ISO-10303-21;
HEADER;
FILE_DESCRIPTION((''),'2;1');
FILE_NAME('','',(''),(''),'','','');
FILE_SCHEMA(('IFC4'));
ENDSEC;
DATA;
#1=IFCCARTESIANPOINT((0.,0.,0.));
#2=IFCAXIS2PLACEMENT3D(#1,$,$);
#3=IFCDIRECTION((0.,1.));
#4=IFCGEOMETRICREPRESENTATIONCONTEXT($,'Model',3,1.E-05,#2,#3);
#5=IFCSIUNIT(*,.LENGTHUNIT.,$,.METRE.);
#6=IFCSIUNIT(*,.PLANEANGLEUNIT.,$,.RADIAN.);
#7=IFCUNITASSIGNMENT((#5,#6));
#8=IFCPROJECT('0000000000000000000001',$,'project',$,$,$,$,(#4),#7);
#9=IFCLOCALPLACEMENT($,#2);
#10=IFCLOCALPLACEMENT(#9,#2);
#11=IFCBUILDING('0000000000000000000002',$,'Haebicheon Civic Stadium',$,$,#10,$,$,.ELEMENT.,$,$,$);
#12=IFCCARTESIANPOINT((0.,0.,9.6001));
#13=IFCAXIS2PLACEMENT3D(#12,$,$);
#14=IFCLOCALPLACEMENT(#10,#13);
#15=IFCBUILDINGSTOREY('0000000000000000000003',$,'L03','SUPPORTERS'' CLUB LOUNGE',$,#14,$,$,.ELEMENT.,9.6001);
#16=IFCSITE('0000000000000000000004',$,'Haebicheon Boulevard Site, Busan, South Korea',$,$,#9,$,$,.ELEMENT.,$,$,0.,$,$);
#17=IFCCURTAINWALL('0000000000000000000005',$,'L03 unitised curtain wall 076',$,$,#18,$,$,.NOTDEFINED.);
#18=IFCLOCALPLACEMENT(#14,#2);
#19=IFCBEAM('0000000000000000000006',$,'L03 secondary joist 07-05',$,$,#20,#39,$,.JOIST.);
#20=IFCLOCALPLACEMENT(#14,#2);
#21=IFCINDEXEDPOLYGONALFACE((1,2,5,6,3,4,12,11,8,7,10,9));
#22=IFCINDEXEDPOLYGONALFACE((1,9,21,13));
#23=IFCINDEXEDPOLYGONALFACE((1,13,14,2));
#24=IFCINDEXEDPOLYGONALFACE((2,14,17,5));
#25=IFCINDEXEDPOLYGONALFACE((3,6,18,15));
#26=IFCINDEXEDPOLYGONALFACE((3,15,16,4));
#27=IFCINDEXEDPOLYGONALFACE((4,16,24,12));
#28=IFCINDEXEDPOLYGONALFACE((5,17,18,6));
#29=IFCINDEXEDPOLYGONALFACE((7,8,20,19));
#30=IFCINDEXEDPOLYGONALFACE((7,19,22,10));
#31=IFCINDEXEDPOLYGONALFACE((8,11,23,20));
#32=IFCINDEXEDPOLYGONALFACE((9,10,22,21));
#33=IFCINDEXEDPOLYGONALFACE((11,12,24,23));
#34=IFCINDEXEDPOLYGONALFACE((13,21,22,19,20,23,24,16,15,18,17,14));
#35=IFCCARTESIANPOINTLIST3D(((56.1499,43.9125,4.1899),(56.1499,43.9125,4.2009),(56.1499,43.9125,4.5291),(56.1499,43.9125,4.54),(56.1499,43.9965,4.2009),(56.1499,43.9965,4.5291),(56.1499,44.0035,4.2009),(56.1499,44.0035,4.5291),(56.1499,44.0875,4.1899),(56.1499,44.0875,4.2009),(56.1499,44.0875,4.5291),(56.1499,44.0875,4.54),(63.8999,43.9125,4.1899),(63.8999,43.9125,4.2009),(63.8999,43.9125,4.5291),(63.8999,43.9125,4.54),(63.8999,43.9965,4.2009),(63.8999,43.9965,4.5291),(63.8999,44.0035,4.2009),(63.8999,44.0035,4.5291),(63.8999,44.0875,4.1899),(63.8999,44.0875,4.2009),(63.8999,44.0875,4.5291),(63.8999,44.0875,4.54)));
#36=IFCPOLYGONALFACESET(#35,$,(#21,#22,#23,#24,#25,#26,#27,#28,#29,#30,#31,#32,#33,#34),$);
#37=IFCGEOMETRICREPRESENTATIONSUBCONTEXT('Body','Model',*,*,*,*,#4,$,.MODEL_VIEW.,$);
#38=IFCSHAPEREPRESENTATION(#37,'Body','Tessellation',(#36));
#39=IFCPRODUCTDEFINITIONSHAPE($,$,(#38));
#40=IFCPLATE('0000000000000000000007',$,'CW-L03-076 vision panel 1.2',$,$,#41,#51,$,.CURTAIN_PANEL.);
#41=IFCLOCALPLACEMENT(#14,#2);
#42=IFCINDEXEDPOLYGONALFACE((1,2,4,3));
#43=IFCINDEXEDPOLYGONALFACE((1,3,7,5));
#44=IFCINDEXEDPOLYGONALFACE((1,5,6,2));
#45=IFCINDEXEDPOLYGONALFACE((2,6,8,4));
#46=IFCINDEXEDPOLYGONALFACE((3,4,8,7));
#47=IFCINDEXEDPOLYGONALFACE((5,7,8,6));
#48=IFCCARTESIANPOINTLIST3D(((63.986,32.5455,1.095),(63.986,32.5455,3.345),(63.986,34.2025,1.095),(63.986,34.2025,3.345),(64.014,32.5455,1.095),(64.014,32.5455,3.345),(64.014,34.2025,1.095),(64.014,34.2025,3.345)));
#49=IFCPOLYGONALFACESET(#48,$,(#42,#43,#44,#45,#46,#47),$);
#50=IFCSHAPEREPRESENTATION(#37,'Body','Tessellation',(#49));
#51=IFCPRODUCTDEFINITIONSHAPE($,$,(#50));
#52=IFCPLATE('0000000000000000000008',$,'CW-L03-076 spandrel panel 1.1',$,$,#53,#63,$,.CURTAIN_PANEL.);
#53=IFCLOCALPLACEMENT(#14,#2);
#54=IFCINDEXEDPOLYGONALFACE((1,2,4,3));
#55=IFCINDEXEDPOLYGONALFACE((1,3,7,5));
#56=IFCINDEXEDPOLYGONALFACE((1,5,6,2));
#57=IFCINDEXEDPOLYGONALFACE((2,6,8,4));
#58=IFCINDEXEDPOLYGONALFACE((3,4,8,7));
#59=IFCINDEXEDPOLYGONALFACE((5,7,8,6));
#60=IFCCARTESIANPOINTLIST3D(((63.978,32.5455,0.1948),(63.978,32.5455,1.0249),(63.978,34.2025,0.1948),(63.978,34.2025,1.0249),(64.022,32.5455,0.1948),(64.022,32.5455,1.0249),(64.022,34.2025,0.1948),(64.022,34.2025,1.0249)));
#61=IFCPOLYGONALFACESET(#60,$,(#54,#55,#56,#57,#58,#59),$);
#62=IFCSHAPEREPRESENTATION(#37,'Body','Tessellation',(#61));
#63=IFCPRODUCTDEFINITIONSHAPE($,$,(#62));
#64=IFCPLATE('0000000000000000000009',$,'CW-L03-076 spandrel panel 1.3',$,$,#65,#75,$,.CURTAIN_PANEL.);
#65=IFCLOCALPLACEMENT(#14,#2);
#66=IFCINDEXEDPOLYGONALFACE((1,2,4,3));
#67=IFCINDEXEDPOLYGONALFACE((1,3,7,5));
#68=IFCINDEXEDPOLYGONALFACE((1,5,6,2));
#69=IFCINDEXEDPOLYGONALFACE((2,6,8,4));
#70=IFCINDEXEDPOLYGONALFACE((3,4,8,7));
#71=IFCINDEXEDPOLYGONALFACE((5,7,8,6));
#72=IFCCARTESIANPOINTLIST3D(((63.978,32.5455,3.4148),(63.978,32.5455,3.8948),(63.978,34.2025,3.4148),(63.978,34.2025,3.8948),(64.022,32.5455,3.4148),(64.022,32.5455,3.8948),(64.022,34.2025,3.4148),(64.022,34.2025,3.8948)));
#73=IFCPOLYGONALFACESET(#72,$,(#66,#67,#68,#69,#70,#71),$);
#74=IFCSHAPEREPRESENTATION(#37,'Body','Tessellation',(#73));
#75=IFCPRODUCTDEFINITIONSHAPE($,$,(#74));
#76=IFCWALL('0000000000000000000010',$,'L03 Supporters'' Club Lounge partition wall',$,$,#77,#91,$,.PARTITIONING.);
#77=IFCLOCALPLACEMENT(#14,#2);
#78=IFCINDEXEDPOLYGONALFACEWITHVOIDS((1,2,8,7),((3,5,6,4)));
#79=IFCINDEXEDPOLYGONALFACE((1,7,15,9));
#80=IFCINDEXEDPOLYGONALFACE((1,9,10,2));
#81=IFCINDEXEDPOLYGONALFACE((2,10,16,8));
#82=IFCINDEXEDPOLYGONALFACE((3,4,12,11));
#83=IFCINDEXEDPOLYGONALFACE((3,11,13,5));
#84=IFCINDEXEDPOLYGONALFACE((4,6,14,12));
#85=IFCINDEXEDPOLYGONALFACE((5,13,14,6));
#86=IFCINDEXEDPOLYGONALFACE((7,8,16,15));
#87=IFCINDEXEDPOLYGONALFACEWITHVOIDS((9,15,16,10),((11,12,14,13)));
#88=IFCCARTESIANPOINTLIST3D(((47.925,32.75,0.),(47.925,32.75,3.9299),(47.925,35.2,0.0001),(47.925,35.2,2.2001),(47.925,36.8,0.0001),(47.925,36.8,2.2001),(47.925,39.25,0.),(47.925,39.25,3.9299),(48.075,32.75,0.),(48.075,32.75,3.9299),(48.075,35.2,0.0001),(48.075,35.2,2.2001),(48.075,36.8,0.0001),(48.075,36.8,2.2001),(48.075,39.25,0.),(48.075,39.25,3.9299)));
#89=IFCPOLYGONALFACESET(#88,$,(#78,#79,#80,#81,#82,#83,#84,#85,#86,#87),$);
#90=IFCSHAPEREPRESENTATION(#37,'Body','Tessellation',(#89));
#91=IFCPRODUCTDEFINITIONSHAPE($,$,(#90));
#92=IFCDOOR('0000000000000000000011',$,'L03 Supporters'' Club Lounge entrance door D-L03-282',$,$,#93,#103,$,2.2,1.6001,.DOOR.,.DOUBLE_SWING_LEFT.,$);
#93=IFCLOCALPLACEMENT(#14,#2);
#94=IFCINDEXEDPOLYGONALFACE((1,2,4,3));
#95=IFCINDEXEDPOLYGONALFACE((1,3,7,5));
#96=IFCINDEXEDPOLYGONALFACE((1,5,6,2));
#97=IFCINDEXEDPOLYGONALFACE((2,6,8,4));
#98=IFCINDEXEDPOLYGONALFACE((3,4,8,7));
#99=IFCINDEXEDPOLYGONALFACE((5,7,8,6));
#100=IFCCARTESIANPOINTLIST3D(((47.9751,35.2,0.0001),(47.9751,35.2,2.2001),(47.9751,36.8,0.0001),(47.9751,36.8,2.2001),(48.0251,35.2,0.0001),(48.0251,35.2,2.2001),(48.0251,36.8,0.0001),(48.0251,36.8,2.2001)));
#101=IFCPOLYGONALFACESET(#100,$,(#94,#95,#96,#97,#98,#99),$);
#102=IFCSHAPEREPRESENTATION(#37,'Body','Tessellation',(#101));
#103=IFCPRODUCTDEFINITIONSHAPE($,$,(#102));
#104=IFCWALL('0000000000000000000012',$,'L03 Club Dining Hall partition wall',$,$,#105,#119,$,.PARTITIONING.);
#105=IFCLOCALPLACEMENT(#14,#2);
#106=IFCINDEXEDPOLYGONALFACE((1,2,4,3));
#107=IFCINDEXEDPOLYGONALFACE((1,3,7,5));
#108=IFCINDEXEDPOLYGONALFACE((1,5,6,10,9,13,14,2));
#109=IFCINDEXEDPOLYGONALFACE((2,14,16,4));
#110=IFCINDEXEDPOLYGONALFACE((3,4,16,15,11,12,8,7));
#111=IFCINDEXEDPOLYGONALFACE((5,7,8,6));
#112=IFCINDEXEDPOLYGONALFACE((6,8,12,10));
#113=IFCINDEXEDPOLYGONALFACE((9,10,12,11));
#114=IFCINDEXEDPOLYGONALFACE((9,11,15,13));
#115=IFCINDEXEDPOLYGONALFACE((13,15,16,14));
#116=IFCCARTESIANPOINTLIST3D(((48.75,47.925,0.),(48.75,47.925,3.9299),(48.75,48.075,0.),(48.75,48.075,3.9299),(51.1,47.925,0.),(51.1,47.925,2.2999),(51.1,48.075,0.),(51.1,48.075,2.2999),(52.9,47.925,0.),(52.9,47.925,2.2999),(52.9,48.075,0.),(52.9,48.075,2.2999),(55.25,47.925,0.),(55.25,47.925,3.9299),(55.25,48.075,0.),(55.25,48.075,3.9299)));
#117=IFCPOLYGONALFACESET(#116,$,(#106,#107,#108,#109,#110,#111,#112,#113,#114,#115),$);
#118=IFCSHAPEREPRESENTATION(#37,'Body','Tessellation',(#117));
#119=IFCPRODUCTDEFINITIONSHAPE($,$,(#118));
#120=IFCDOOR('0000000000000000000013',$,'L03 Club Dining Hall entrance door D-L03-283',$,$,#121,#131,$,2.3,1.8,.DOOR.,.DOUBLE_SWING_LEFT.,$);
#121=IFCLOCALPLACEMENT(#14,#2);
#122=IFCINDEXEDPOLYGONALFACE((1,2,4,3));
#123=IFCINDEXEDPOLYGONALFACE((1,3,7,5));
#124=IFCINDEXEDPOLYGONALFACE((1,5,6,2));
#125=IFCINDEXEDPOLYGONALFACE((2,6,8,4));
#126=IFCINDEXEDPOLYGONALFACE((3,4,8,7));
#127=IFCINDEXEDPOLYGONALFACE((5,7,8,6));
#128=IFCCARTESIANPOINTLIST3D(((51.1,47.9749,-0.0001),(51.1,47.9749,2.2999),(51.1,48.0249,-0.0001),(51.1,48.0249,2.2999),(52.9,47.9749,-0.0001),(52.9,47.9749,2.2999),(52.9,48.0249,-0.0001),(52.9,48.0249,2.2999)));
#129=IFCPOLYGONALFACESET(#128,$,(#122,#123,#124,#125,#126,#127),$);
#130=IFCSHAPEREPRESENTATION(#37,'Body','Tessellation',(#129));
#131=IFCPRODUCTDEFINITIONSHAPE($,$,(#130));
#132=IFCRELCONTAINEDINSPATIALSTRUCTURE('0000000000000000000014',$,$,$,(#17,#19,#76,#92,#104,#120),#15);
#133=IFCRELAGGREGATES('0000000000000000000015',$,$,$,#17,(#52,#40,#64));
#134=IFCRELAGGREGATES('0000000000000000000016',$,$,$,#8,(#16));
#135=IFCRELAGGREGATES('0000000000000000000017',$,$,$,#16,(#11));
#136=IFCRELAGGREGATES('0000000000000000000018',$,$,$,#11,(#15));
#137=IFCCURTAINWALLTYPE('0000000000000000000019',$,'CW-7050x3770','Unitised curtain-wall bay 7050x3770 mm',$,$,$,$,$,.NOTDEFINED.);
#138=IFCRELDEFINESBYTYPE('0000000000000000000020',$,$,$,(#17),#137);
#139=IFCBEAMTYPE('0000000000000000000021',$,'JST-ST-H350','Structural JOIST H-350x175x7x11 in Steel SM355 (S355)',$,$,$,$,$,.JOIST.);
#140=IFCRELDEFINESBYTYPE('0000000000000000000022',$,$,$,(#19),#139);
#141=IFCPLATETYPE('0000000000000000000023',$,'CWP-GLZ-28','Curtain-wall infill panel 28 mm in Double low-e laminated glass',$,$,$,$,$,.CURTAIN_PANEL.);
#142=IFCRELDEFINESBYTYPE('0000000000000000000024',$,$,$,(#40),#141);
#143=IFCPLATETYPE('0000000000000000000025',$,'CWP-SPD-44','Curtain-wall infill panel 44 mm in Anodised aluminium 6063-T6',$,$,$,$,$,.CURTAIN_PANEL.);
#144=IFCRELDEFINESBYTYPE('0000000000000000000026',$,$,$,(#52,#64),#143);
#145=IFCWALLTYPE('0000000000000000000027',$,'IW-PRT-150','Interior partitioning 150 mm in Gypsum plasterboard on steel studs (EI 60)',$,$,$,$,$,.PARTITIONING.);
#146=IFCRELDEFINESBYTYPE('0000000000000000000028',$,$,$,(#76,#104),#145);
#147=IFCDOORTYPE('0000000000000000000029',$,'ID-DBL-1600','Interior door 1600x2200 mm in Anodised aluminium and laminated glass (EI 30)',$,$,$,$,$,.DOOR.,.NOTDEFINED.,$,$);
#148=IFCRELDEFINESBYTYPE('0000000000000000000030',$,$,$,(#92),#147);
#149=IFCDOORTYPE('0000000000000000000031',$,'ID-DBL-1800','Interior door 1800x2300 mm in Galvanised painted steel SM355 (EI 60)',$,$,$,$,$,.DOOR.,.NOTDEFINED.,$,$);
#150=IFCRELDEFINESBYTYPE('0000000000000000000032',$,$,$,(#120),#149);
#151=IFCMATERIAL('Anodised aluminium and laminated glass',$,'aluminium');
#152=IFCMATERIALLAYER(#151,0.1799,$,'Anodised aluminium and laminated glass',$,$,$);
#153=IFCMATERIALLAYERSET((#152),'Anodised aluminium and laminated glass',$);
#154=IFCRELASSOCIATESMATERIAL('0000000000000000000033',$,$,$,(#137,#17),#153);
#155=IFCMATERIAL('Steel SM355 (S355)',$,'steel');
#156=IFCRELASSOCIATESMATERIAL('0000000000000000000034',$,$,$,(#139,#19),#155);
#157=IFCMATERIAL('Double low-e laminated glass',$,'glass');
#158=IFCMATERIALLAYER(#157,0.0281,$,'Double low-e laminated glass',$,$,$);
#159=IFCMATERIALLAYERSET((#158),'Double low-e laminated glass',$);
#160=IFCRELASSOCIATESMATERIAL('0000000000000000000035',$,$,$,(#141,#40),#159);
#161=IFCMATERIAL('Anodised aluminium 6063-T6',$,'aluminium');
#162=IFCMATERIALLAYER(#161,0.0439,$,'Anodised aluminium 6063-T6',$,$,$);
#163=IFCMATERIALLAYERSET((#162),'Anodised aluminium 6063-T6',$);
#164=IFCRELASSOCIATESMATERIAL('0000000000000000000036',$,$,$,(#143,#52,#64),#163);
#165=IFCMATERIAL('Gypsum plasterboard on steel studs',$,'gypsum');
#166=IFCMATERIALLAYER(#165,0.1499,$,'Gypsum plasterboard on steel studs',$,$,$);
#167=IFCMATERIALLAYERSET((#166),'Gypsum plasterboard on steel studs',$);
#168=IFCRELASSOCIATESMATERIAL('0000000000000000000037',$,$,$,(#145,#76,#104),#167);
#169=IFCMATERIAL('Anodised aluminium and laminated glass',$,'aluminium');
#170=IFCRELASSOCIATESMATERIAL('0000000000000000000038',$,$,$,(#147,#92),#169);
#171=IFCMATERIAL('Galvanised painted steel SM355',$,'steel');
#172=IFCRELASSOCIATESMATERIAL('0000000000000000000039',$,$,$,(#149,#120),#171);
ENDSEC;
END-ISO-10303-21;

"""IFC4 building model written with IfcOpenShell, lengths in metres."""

from ifc_helpers import new_model, si_unit, direction, frame, frame_2d, origin, origin_2d, place, context, subcontext, project, spatial, rectangle, i_section, extrude, material, layer, layer_set, material_profile, profile_set, type_object, element, fill, aggregate, save


model = new_model("IFC4")

# Units and contexts
model_context = context("Model", 3, precision=1e-05, world=origin(), true_north=direction((0.0, 1.0)))
body_context = subcontext(model_context, "Body", "Model", "MODEL_VIEW")
ifc_project = project(units=[si_unit("LENGTHUNIT", "METRE"), si_unit("PLANEANGLEUNIT", "RADIAN")], contexts=[model_context])

# Site, building, storey
site_placement = place(None, origin())
site = spatial("IfcSite", under=ifc_project, at=site_placement, Name="Haebicheon Boulevard Site, Busan, South Korea", CompositionType="ELEMENT", RefElevation=0.0)
building_placement = place(site_placement, origin())
building = spatial("IfcBuilding", under=site, at=building_placement, Name="Haebicheon Civic Stadium", CompositionType="ELEMENT")
storey_placement = place(building_placement, frame((0.0, 0.0, 9.6001)))
storey = spatial("IfcBuildingStorey", under=building, at=storey_placement, Name="L03", Description="SUPPORTERS' CLUB LOUNGE", CompositionType="ELEMENT", Elevation=9.6001)

# Curtain wall
ifc_material_1 = material(Name="Anodised aluminium and laminated glass", Category="aluminium")
ifc_layer_1 = layer(ifc_material_1, 0.1799, Name="Anodised aluminium and laminated glass")
ifc_layer_set_1 = layer_set([ifc_layer_1], Name="Anodised aluminium and laminated glass")
curtain_wall_type = type_object("IfcCurtainWallType", Name="CW-7050x3770", Description="Unitised curtain-wall bay 7050x3770 mm", PredefinedType="NOTDEFINED", material=ifc_layer_set_1)
curtain_wall_placement = place(storey_placement, origin())
curtain_wall = element("IfcCurtainWall", 1, at=curtain_wall_placement, inside=storey, type_object=curtain_wall_type, material=ifc_layer_set_1, Name="L03 unitised curtain wall 076", PredefinedType="NOTDEFINED")

# Beam
ifc_material_2 = material(Name="Steel SM355 (S355)", Category="steel")
ifc_material_profile_1 = material_profile(ifc_material_2, i_section(OverallWidth=0.175, OverallDepth=0.3501, WebThickness=0.0071, FlangeThickness=0.011, at=origin_2d()), Name="H-350x175x7x11")
ifc_profile_set_1 = profile_set([ifc_material_profile_1], Name="Steel SM355 (S355)")
beam_type_1 = type_object("IfcBeamType", Name="JST-ST-H350", Description="Structural JOIST H-350x175x7x11 in Steel SM355 (S355)", PredefinedType="JOIST", material=ifc_profile_set_1)
for number, where, z_axis, x_axis, name in (
    (2, (56.1499, 44.0, 4.365), (1.0, 0.0, 0.0), (0.0, 1.0, 0.0), "L03 secondary joist 07-05"),
):
    element("IfcBeam", number, at=place(storey_placement, frame(where, z_axis=z_axis, x_axis=x_axis)), inside=storey, type_object=beam_type_1, material=ifc_profile_set_1, Name=name, PredefinedType="JOIST", context=body_context, shape_type="SweptSolid", body=[
        extrude(i_section(OverallWidth=0.175, OverallDepth=0.3501, WebThickness=0.0071, FlangeThickness=0.011, at=origin_2d()), origin(), (0.0, 0.0, 1.0), 7.75),
    ])

# Plates
ifc_material_3 = material(Name="Double low-e laminated glass", Category="glass")
ifc_layer_2 = layer(ifc_material_3, 0.0281, Name="Double low-e laminated glass")
ifc_layer_set_2 = layer_set([ifc_layer_2], Name="Double low-e laminated glass")
plate_type_1 = type_object("IfcPlateType", Name="CWP-GLZ-28", Description="Curtain-wall infill panel 28 mm in Double low-e laminated glass", PredefinedType="CURTAIN_PANEL", material=ifc_layer_set_2)
plate_1_placement = place(storey_placement, frame((64.0, 33.374, 1.095), z_axis=(0.0, 0.0, 1.0), x_axis=(0.0, 1.0, 0.0)))
plate_1 = element("IfcPlate", 3, at=plate_1_placement, type_object=plate_type_1, material=ifc_layer_set_2, Name="CW-L03-076 vision panel 1.2", PredefinedType="CURTAIN_PANEL", context=body_context, shape_type="SweptSolid", body=[
    extrude(rectangle(XDim=1.657, YDim=0.0281, at=origin_2d()), origin(), (0.0, 0.0, 1.0), 2.25),
])
ifc_material_4 = material(Name="Anodised aluminium 6063-T6", Category="aluminium")
ifc_layer_3 = layer(ifc_material_4, 0.0439, Name="Anodised aluminium 6063-T6")
ifc_layer_set_3 = layer_set([ifc_layer_3], Name="Anodised aluminium 6063-T6")
plate_type_2 = type_object("IfcPlateType", Name="CWP-SPD-44", Description="Curtain-wall infill panel 44 mm in Anodised aluminium 6063-T6", PredefinedType="CURTAIN_PANEL", material=ifc_layer_set_3)
plate_2_placement = place(storey_placement, frame((64.0, 33.374, 0.1948), z_axis=(0.0, 0.0, 1.0), x_axis=(0.0, 1.0, 0.0)))
plate_2 = element("IfcPlate", 4, at=plate_2_placement, type_object=plate_type_2, material=ifc_layer_set_3, Name="CW-L03-076 spandrel panel 1.1", PredefinedType="CURTAIN_PANEL", context=body_context, shape_type="SweptSolid", body=[
    extrude(rectangle(XDim=1.657, YDim=0.0439, at=origin_2d()), origin(), (0.0, 0.0, 1.0), 0.8301),
])
plate_3_placement = place(storey_placement, frame((64.0, 33.374, 3.4148), z_axis=(0.0, 0.0, 1.0), x_axis=(0.0, 1.0, 0.0)))
plate_3 = element("IfcPlate", 5, at=plate_3_placement, type_object=plate_type_2, material=ifc_layer_set_3, Name="CW-L03-076 spandrel panel 1.3", PredefinedType="CURTAIN_PANEL", context=body_context, shape_type="SweptSolid", body=[
    extrude(rectangle(XDim=1.657, YDim=0.0439, at=origin_2d()), origin(), (0.0, 0.0, 1.0), 0.48),
])
aggregate(curtain_wall, [plate_2, plate_1, plate_3])

# Walls, openings, doors
ifc_material_5 = material(Name="Gypsum plasterboard on steel studs", Category="gypsum")
ifc_layer_4 = layer(ifc_material_5, 0.1499, Name="Gypsum plasterboard on steel studs")
ifc_layer_set_4 = layer_set([ifc_layer_4], Name="Gypsum plasterboard on steel studs")
wall_type = type_object("IfcWallType", Name="IW-PRT-150", Description="Interior partitioning 150 mm in Gypsum plasterboard on steel studs (EI 60)", PredefinedType="PARTITIONING", material=ifc_layer_set_4)
wall_1_placement = place(storey_placement, frame((48.0, 32.75, 0.0), z_axis=(0.0, 0.0, 1.0), x_axis=(0.0, 1.0, 0.0)))
wall_1 = element("IfcWall", 6, at=wall_1_placement, inside=storey, type_object=wall_type, material=ifc_layer_set_4, Name="L03 Supporters' Club Lounge partition wall", PredefinedType="PARTITIONING", context=body_context, shape_type="SweptSolid", body=[
    extrude(rectangle(XDim=6.5, YDim=0.1499, at=frame_2d((3.25, 0.0))), origin(), (0.0, 0.0, 1.0), 3.9299),
])
opening_1_placement = place(wall_1_placement, frame((2.45, 0.0, 0.0)))
opening_1 = element("IfcOpeningElement", 7, at=opening_1_placement, cuts=wall_1, PredefinedType="OPENING", context=body_context, shape_type="SweptSolid", body=[
    extrude(rectangle(XDim=1.6001, YDim=2.2, at=frame_2d((0.8, 1.1001))), frame((0.0, 0.085, 0.0), z_axis=(0.0, -1.0, 0.0), x_axis=(1.0, 0.0, 0.0)), (0.0, 0.0, 1.0), 0.1699),
])
ifc_material_6 = material(Name="Anodised aluminium and laminated glass", Category="aluminium")
door_type_1 = type_object("IfcDoorType", Name="ID-DBL-1600", Description="Interior door 1600x2200 mm in Anodised aluminium and laminated glass (EI 30)", OperationType="NOTDEFINED", PredefinedType="DOOR", material=ifc_material_6)
door_1_placement = place(opening_1_placement, origin())
door_1 = element("IfcDoor", 8, at=door_1_placement, inside=storey, type_object=door_type_1, material=ifc_material_6, Name="L03 Supporters' Club Lounge entrance door D-L03-282", OperationType="DOUBLE_SWING_LEFT", OverallHeight=2.2, OverallWidth=1.6001, PredefinedType="DOOR", context=body_context, shape_type="SweptSolid", body=[
    extrude(rectangle(XDim=1.6001, YDim=2.2, at=frame_2d((0.8, 1.1001))), frame((0.0, 0.0249, 0.0), z_axis=(0.0, -1.0, 0.0), x_axis=(1.0, 0.0, 0.0)), (0.0, 0.0, 1.0), 0.05),
])
fill(opening_1, door_1)
wall_2_placement = place(storey_placement, frame((48.75, 48.0, 0.0), z_axis=(0.0, 0.0, 1.0), x_axis=(1.0, 0.0, 0.0)))
wall_2 = element("IfcWall", 9, at=wall_2_placement, inside=storey, type_object=wall_type, material=ifc_layer_set_4, Name="L03 Club Dining Hall partition wall", PredefinedType="PARTITIONING", context=body_context, shape_type="SweptSolid", body=[
    extrude(rectangle(XDim=6.5, YDim=0.1499, at=frame_2d((3.25, 0.0))), origin(), (0.0, 0.0, 1.0), 3.9299),
])
opening_2_placement = place(wall_2_placement, frame((2.3501, 0.0, 0.0)))
opening_2 = element("IfcOpeningElement", 10, at=opening_2_placement, cuts=wall_2, PredefinedType="OPENING", context=body_context, shape_type="SweptSolid", body=[
    extrude(rectangle(XDim=1.8, YDim=2.3, at=frame_2d((0.8999, 1.1499))), frame((0.0, 0.085, 0.0), z_axis=(0.0, -1.0, 0.0), x_axis=(1.0, 0.0, 0.0)), (0.0, 0.0, 1.0), 0.1699),
])
ifc_material_7 = material(Name="Galvanised painted steel SM355", Category="steel")
door_type_2 = type_object("IfcDoorType", Name="ID-DBL-1800", Description="Interior door 1800x2300 mm in Galvanised painted steel SM355 (EI 60)", OperationType="NOTDEFINED", PredefinedType="DOOR", material=ifc_material_7)
door_2_placement = place(opening_2_placement, origin())
door_2 = element("IfcDoor", 11, at=door_2_placement, inside=storey, type_object=door_type_2, material=ifc_material_7, Name="L03 Club Dining Hall entrance door D-L03-283", OperationType="DOUBLE_SWING_LEFT", OverallHeight=2.3, OverallWidth=1.8, PredefinedType="DOOR", context=body_context, shape_type="SweptSolid", body=[
    extrude(rectangle(XDim=1.8, YDim=2.3, at=frame_2d((0.8999, 1.1499))), frame((0.0, 0.0249, 0.0), z_axis=(0.0, -1.0, 0.0), x_axis=(1.0, 0.0, 0.0)), (0.0, 0.0, 1.0), 0.05),
])
fill(opening_2, door_2)

save(model, "model.ifc")
